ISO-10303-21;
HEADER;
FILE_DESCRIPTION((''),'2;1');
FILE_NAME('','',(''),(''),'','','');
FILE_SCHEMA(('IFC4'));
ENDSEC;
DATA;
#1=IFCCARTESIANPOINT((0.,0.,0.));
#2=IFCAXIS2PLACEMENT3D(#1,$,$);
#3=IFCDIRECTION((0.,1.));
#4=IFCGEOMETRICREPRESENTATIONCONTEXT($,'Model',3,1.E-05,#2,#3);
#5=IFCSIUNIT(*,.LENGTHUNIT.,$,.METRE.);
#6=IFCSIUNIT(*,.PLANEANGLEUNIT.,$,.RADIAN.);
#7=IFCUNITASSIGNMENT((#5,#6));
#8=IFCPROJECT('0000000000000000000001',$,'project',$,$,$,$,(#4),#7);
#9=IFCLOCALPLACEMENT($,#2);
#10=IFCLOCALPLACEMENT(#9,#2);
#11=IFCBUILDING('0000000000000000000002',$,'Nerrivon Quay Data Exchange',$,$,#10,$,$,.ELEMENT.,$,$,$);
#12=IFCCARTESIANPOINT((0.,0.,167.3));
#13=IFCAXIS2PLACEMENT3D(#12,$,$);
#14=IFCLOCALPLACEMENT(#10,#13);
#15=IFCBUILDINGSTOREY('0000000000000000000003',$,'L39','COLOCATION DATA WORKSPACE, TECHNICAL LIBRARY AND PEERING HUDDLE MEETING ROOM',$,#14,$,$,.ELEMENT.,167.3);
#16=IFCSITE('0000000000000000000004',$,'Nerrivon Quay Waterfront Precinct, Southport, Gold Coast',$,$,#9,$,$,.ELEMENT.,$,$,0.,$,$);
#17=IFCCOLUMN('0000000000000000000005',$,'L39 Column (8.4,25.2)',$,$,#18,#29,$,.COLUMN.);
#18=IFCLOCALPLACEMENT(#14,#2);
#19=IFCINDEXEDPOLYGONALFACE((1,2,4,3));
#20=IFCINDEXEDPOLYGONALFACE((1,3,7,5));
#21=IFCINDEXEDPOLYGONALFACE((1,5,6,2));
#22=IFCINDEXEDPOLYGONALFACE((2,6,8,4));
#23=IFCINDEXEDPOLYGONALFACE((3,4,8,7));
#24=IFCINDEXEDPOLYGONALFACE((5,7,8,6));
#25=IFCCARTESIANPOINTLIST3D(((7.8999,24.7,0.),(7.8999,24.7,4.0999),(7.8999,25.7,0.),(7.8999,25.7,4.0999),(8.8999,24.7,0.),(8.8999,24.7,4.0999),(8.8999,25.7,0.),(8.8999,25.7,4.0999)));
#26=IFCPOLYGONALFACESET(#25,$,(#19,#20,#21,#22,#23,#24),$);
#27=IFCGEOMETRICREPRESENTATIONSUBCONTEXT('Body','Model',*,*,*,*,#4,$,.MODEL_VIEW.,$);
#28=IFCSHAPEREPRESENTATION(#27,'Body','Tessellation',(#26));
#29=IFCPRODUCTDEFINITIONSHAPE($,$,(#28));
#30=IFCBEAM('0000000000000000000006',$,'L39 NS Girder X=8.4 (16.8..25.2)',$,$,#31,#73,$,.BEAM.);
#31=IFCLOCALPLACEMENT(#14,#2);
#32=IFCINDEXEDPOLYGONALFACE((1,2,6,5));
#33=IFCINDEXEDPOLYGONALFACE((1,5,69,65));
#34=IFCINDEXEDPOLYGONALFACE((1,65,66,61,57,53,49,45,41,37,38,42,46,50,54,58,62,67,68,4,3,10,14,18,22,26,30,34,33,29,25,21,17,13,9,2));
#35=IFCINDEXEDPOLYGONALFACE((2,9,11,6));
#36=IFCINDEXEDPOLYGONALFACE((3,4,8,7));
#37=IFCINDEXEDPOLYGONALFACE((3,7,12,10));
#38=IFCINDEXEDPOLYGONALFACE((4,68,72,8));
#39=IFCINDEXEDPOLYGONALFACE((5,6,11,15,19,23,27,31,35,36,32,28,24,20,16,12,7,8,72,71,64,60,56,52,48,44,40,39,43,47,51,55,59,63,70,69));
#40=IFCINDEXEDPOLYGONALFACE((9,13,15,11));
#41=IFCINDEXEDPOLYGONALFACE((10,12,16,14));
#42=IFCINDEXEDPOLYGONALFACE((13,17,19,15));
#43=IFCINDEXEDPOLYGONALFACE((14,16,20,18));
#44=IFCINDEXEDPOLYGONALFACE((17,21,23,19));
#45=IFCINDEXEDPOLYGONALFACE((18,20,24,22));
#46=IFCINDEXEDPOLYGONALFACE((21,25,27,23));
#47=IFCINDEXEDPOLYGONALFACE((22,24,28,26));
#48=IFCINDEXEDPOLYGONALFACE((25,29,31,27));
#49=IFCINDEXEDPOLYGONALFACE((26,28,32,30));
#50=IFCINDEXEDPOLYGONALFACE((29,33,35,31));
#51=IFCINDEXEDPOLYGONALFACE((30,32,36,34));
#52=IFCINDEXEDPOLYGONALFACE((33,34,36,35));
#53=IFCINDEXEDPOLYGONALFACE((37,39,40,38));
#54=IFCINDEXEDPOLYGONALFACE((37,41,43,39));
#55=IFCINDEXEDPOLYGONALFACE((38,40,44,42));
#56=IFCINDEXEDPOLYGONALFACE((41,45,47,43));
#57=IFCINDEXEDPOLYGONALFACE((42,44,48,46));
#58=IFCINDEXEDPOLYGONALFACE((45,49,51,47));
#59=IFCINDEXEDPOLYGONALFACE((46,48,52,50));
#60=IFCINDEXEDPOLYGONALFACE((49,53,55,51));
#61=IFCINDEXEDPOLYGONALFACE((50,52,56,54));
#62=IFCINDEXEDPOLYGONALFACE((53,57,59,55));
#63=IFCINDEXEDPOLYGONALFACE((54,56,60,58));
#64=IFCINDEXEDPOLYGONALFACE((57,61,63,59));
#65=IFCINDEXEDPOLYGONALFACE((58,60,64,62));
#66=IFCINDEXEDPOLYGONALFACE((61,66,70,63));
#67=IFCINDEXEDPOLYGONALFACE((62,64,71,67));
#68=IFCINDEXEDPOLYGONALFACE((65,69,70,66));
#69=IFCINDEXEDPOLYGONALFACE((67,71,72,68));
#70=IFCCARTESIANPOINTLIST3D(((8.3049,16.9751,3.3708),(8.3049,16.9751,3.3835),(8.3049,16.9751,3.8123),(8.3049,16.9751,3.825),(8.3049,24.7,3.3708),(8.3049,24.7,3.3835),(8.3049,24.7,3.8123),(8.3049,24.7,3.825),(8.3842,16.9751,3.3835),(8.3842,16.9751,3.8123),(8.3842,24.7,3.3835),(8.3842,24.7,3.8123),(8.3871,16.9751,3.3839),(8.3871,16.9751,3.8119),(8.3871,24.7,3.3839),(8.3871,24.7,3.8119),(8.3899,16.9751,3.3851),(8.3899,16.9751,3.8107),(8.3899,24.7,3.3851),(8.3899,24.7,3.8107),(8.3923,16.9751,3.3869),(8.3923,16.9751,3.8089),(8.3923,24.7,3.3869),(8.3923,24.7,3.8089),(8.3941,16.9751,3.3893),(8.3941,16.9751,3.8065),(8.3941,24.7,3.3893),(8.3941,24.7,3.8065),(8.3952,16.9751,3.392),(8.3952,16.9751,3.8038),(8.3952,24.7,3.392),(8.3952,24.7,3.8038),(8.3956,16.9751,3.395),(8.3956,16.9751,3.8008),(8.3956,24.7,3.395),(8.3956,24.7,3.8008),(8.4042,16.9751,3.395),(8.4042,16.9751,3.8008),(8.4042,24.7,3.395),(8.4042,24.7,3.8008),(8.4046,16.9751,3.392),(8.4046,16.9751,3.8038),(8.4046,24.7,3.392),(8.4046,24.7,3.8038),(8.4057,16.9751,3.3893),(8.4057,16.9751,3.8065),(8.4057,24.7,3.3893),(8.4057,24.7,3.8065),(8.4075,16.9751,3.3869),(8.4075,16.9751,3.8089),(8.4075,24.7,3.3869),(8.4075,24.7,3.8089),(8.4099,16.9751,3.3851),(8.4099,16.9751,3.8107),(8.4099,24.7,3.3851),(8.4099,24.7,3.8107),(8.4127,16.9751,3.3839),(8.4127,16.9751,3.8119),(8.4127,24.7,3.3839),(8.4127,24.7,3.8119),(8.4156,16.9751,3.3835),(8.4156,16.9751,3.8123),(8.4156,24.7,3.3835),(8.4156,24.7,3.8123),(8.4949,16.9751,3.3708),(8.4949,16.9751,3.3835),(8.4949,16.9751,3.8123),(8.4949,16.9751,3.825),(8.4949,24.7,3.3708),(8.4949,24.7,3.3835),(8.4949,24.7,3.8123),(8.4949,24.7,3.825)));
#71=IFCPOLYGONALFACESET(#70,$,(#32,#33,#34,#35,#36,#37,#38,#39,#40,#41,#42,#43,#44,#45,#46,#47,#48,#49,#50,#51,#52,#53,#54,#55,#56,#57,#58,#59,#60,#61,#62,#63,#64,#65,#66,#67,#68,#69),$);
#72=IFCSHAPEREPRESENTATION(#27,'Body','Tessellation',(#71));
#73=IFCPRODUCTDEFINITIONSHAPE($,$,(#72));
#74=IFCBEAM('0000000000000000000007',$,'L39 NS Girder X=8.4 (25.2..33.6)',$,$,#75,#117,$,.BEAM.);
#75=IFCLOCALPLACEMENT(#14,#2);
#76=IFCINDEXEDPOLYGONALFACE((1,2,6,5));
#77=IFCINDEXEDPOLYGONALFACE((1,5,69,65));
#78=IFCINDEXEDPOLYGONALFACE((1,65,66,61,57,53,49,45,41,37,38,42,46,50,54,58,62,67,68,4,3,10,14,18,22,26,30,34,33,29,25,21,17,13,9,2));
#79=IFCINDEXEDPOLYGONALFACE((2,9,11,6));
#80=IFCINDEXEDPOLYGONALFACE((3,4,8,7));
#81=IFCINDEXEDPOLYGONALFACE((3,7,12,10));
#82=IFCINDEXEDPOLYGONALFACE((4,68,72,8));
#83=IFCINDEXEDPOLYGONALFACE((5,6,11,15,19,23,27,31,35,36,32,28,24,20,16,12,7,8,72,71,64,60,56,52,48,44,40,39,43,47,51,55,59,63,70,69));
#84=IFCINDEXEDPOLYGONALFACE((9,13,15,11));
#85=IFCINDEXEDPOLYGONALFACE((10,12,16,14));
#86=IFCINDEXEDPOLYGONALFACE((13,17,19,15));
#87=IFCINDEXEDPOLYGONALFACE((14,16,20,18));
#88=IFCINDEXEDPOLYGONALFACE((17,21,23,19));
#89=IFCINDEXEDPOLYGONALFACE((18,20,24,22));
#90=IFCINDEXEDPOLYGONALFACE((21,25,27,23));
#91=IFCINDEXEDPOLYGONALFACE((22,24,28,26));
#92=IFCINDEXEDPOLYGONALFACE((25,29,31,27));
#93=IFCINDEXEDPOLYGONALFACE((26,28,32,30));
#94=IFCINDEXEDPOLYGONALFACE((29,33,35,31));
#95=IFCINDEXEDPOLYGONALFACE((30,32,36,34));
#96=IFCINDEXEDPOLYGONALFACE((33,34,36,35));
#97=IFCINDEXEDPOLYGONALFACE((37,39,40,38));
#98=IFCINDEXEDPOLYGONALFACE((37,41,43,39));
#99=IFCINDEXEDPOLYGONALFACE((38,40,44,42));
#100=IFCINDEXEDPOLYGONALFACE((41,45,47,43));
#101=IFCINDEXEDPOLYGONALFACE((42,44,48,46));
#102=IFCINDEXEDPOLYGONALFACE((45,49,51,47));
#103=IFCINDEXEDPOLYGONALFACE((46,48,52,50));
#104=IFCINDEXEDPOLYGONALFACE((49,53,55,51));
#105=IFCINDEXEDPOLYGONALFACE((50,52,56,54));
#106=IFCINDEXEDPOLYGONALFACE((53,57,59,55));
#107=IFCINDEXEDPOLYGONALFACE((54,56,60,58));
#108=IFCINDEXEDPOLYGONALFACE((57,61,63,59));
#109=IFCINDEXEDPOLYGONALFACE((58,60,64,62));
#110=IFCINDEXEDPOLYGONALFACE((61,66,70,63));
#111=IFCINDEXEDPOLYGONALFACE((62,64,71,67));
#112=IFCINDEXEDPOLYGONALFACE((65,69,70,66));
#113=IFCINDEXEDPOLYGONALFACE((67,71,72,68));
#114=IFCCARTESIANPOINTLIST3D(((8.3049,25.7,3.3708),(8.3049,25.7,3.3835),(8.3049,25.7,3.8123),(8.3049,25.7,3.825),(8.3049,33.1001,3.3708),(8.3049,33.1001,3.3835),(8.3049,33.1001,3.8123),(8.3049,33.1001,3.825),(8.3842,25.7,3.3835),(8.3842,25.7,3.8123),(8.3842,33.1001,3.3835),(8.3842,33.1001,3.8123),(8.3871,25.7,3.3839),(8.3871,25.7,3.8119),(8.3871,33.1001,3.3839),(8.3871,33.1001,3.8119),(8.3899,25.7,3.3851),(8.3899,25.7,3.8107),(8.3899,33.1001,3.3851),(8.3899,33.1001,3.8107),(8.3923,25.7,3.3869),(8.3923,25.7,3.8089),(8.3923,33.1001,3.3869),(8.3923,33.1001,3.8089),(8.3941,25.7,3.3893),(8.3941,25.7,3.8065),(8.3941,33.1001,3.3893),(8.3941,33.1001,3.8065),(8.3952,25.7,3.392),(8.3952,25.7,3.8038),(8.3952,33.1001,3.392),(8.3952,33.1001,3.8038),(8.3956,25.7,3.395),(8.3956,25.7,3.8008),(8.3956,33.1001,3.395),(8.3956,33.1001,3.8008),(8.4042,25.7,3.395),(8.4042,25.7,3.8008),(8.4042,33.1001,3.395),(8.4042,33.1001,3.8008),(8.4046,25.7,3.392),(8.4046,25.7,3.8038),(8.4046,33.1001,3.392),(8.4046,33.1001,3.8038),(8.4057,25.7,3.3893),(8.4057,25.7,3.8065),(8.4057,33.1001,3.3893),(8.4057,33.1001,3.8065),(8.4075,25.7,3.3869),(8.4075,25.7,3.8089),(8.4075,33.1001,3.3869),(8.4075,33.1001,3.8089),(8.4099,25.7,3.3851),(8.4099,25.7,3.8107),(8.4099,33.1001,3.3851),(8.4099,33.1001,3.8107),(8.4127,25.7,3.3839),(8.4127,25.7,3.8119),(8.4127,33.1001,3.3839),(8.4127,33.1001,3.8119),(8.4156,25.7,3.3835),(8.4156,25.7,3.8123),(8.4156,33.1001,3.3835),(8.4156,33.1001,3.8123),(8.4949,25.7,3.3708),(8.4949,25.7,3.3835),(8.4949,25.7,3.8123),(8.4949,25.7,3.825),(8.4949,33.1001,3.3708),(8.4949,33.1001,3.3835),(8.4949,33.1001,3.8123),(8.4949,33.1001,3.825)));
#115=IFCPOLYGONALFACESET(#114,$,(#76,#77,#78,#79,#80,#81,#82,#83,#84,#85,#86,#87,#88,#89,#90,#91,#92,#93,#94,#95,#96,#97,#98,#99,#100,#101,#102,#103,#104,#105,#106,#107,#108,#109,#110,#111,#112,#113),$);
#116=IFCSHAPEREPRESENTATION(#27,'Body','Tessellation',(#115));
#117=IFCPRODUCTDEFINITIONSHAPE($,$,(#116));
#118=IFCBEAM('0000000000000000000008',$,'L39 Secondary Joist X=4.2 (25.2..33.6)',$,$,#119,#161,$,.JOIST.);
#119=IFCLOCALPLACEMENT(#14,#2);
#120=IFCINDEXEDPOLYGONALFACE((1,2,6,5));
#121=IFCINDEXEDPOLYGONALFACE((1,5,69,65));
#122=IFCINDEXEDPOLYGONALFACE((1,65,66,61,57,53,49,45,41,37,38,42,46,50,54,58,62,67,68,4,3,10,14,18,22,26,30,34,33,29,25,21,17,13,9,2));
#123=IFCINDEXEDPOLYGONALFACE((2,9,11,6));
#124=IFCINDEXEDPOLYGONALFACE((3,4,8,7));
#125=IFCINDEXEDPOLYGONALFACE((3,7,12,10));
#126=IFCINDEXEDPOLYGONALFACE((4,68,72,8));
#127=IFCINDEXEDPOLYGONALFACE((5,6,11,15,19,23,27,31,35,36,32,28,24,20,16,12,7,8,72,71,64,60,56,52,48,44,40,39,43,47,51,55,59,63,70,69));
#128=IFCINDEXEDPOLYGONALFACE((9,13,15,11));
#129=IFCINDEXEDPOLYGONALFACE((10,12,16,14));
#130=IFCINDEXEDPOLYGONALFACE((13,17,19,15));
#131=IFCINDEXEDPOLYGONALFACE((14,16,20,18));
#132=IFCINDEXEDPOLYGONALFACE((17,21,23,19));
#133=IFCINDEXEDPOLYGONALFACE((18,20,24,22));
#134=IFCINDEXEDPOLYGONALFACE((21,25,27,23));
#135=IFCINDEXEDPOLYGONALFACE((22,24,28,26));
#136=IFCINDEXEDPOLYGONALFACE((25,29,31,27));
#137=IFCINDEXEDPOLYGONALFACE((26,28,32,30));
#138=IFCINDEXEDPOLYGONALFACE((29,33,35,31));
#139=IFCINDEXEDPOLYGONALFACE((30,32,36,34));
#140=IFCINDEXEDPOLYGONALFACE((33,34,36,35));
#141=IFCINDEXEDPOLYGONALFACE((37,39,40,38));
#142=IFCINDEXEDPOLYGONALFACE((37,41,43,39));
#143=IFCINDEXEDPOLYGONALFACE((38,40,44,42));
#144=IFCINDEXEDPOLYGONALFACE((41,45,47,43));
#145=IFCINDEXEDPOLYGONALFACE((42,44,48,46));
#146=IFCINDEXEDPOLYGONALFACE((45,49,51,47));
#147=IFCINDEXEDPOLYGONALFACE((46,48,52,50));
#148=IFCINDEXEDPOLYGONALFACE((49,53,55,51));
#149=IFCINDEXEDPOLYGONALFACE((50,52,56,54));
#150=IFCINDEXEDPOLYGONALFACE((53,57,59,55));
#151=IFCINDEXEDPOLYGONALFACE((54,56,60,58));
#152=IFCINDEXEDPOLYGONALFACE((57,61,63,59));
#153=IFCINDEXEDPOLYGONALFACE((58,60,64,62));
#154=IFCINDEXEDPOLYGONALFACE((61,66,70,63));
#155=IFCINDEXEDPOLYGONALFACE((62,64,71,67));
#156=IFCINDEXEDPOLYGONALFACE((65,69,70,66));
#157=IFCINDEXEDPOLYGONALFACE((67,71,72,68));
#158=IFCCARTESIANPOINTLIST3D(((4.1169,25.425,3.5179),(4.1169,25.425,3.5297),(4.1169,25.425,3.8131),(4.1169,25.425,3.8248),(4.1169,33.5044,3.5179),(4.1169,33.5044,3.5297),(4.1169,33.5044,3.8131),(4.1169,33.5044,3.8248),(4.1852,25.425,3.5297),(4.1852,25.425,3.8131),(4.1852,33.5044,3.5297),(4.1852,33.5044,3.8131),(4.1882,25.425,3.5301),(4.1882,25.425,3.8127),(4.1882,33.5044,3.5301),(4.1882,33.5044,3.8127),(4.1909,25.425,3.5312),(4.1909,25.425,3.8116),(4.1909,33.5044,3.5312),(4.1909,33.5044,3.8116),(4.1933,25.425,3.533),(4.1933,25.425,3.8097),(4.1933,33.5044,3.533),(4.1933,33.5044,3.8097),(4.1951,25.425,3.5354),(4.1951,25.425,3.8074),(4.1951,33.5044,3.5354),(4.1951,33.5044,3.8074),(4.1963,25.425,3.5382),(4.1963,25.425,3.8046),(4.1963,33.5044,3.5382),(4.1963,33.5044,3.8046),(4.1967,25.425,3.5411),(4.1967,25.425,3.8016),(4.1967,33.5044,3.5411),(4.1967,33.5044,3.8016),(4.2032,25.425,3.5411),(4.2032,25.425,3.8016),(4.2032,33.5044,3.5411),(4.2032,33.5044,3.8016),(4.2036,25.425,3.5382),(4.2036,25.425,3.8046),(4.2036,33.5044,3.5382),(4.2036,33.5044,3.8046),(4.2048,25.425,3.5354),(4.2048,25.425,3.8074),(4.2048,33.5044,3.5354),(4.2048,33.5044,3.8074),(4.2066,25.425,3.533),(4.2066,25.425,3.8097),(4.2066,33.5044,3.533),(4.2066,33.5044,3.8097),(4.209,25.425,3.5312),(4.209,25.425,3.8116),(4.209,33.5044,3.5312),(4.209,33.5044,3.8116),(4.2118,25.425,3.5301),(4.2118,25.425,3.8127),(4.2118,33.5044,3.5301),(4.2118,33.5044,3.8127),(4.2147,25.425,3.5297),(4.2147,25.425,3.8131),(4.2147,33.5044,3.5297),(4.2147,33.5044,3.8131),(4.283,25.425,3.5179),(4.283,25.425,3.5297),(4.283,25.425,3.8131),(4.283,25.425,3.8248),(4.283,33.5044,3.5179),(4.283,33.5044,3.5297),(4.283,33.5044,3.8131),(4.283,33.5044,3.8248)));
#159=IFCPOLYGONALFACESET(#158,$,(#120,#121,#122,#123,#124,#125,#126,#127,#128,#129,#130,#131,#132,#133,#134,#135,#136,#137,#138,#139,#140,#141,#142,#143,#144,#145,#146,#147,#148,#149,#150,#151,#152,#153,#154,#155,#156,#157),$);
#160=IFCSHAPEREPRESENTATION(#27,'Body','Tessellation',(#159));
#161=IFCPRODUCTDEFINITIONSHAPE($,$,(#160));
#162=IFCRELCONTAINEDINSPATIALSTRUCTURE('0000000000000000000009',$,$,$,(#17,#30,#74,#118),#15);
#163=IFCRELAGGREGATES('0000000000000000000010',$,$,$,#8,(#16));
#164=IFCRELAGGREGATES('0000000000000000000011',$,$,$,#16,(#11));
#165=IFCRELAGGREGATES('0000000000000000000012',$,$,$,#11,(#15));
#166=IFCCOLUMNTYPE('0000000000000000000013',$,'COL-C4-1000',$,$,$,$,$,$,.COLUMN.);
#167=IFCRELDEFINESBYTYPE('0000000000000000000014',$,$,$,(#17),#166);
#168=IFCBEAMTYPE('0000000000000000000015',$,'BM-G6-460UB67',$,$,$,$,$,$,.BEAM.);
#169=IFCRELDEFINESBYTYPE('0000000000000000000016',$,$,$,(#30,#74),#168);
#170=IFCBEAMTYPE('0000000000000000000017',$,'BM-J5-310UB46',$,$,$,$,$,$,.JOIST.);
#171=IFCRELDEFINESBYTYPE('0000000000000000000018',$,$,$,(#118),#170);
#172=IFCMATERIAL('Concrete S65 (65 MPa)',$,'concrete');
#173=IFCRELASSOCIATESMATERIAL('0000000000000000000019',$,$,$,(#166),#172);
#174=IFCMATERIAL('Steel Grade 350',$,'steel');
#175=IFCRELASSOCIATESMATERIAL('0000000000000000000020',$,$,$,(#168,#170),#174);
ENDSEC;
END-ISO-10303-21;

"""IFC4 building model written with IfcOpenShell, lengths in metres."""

from ifc_helpers import new_model, si_unit, direction, frame, origin, origin_2d, place, context, subcontext, project, spatial, rectangle, i_section, extrude, material, material_profile, profile_set, type_object, element, save


model = new_model("IFC4")

# Units and contexts
model_context = context("Model", 3, precision=1e-05, world=origin(), true_north=direction((0.0, 1.0)))
body_context = subcontext(model_context, "Body", "Model", "MODEL_VIEW")
ifc_project = project(units=[si_unit("LENGTHUNIT", "METRE"), si_unit("PLANEANGLEUNIT", "RADIAN")], contexts=[model_context])

# Site, building, storey
site_placement = place(None, origin())
site = spatial("IfcSite", under=ifc_project, at=site_placement, Name="Nerrivon Quay Waterfront Precinct, Southport, Gold Coast", CompositionType="ELEMENT", RefElevation=0.0)
building_placement = place(site_placement, origin())
building = spatial("IfcBuilding", under=site, at=building_placement, Name="Nerrivon Quay Data Exchange", CompositionType="ELEMENT")
storey_placement = place(building_placement, frame((0.0, 0.0, 167.3)))
storey = spatial("IfcBuildingStorey", under=building, at=storey_placement, Name="L39", Description="COLOCATION DATA WORKSPACE, TECHNICAL LIBRARY AND PEERING HUDDLE MEETING ROOM", CompositionType="ELEMENT", Elevation=167.3)

# Column
ifc_material_1 = material(Name="Concrete S65 (65 MPa)", Category="concrete")
ifc_material_profile_1 = material_profile(ifc_material_1, rectangle(XDim=1.0, YDim=1.0, at=origin_2d()), Name="RC-COL-1000x1000")
ifc_profile_set_1 = profile_set([ifc_material_profile_1], Name="Concrete S65 (65 MPa)")
column_type = type_object("IfcColumnType", Name="COL-C4-1000", PredefinedType="COLUMN", material=ifc_profile_set_1)
column_placement = place(storey_placement, frame((8.3999, 25.2, 0.0), z_axis=(0.0, 0.0, 1.0), x_axis=(1.0, 0.0, 0.0)))
element("IfcColumn", 1, at=column_placement, inside=storey, type_object=column_type, Name="L39 Column (8.4,25.2)", PredefinedType="COLUMN", context=body_context, shape_type="SweptSolid", body=[
    extrude(rectangle(XDim=1.0, YDim=1.0, at=origin_2d()), origin(), (0.0, 0.0, 1.0), 4.0999),
])

# Beams
ifc_material_2 = material(Name="Steel Grade 350", Category="steel")
ifc_material_profile_2 = material_profile(ifc_material_2, i_section(OverallWidth=0.1899, OverallDepth=0.4541, WebThickness=0.0085, FlangeThickness=0.0127, FilletRadius=0.0115, at=origin_2d()), Name="460UB67.1")
ifc_profile_set_2 = profile_set([ifc_material_profile_2], Name="Steel Grade 350")
beam_type_1 = type_object("IfcBeamType", Name="BM-G6-460UB67", PredefinedType="BEAM", material=ifc_profile_set_2)
beam_1_placement = place(storey_placement, frame((8.3999, 16.9751, 3.5979), z_axis=(0.0, 1.0, 0.0), x_axis=(-1.0, 0.0, 0.0)))
element("IfcBeam", 2, at=beam_1_placement, inside=storey, type_object=beam_type_1, Name="L39 NS Girder X=8.4 (16.8..25.2)", PredefinedType="BEAM", context=body_context, shape_type="SweptSolid", body=[
    extrude(i_section(OverallWidth=0.1899, OverallDepth=0.4541, WebThickness=0.0085, FlangeThickness=0.0127, FilletRadius=0.0115, at=origin_2d()), origin(), (0.0, 0.0, 1.0), 7.7249),
])
beam_2_placement = place(storey_placement, frame((8.3999, 25.7, 3.5979), z_axis=(0.0, 1.0, 0.0), x_axis=(-1.0, 0.0, 0.0)))
element("IfcBeam", 3, at=beam_2_placement, inside=storey, type_object=beam_type_1, Name="L39 NS Girder X=8.4 (25.2..33.6)", PredefinedType="BEAM", context=body_context, shape_type="SweptSolid", body=[
    extrude(i_section(OverallWidth=0.1899, OverallDepth=0.4541, WebThickness=0.0085, FlangeThickness=0.0127, FilletRadius=0.0115, at=origin_2d()), origin(), (0.0, 0.0, 1.0), 7.4001),
])
ifc_material_profile_3 = material_profile(ifc_material_2, i_section(OverallWidth=0.166, OverallDepth=0.3069, WebThickness=0.0066, FlangeThickness=0.0117, FilletRadius=0.0115, at=origin_2d()), Name="310UB46.2")
ifc_profile_set_3 = profile_set([ifc_material_profile_3], Name="Steel Grade 350")
beam_type_2 = type_object("IfcBeamType", Name="BM-J5-310UB46", PredefinedType="JOIST", material=ifc_profile_set_3)
beam_3_placement = place(storey_placement, frame((4.2, 25.425, 3.6714), z_axis=(0.0, 1.0, 0.0), x_axis=(-1.0, 0.0, 0.0)))
element("IfcBeam", 4, at=beam_3_placement, inside=storey, type_object=beam_type_2, Name="L39 Secondary Joist X=4.2 (25.2..33.6)", PredefinedType="JOIST", context=body_context, shape_type="SweptSolid", body=[
    extrude(i_section(OverallWidth=0.166, OverallDepth=0.3069, WebThickness=0.0066, FlangeThickness=0.0117, FilletRadius=0.0115, at=origin_2d()), origin(), (0.0, 0.0, 1.0), 8.0793),
])

save(model, "model.ifc")
